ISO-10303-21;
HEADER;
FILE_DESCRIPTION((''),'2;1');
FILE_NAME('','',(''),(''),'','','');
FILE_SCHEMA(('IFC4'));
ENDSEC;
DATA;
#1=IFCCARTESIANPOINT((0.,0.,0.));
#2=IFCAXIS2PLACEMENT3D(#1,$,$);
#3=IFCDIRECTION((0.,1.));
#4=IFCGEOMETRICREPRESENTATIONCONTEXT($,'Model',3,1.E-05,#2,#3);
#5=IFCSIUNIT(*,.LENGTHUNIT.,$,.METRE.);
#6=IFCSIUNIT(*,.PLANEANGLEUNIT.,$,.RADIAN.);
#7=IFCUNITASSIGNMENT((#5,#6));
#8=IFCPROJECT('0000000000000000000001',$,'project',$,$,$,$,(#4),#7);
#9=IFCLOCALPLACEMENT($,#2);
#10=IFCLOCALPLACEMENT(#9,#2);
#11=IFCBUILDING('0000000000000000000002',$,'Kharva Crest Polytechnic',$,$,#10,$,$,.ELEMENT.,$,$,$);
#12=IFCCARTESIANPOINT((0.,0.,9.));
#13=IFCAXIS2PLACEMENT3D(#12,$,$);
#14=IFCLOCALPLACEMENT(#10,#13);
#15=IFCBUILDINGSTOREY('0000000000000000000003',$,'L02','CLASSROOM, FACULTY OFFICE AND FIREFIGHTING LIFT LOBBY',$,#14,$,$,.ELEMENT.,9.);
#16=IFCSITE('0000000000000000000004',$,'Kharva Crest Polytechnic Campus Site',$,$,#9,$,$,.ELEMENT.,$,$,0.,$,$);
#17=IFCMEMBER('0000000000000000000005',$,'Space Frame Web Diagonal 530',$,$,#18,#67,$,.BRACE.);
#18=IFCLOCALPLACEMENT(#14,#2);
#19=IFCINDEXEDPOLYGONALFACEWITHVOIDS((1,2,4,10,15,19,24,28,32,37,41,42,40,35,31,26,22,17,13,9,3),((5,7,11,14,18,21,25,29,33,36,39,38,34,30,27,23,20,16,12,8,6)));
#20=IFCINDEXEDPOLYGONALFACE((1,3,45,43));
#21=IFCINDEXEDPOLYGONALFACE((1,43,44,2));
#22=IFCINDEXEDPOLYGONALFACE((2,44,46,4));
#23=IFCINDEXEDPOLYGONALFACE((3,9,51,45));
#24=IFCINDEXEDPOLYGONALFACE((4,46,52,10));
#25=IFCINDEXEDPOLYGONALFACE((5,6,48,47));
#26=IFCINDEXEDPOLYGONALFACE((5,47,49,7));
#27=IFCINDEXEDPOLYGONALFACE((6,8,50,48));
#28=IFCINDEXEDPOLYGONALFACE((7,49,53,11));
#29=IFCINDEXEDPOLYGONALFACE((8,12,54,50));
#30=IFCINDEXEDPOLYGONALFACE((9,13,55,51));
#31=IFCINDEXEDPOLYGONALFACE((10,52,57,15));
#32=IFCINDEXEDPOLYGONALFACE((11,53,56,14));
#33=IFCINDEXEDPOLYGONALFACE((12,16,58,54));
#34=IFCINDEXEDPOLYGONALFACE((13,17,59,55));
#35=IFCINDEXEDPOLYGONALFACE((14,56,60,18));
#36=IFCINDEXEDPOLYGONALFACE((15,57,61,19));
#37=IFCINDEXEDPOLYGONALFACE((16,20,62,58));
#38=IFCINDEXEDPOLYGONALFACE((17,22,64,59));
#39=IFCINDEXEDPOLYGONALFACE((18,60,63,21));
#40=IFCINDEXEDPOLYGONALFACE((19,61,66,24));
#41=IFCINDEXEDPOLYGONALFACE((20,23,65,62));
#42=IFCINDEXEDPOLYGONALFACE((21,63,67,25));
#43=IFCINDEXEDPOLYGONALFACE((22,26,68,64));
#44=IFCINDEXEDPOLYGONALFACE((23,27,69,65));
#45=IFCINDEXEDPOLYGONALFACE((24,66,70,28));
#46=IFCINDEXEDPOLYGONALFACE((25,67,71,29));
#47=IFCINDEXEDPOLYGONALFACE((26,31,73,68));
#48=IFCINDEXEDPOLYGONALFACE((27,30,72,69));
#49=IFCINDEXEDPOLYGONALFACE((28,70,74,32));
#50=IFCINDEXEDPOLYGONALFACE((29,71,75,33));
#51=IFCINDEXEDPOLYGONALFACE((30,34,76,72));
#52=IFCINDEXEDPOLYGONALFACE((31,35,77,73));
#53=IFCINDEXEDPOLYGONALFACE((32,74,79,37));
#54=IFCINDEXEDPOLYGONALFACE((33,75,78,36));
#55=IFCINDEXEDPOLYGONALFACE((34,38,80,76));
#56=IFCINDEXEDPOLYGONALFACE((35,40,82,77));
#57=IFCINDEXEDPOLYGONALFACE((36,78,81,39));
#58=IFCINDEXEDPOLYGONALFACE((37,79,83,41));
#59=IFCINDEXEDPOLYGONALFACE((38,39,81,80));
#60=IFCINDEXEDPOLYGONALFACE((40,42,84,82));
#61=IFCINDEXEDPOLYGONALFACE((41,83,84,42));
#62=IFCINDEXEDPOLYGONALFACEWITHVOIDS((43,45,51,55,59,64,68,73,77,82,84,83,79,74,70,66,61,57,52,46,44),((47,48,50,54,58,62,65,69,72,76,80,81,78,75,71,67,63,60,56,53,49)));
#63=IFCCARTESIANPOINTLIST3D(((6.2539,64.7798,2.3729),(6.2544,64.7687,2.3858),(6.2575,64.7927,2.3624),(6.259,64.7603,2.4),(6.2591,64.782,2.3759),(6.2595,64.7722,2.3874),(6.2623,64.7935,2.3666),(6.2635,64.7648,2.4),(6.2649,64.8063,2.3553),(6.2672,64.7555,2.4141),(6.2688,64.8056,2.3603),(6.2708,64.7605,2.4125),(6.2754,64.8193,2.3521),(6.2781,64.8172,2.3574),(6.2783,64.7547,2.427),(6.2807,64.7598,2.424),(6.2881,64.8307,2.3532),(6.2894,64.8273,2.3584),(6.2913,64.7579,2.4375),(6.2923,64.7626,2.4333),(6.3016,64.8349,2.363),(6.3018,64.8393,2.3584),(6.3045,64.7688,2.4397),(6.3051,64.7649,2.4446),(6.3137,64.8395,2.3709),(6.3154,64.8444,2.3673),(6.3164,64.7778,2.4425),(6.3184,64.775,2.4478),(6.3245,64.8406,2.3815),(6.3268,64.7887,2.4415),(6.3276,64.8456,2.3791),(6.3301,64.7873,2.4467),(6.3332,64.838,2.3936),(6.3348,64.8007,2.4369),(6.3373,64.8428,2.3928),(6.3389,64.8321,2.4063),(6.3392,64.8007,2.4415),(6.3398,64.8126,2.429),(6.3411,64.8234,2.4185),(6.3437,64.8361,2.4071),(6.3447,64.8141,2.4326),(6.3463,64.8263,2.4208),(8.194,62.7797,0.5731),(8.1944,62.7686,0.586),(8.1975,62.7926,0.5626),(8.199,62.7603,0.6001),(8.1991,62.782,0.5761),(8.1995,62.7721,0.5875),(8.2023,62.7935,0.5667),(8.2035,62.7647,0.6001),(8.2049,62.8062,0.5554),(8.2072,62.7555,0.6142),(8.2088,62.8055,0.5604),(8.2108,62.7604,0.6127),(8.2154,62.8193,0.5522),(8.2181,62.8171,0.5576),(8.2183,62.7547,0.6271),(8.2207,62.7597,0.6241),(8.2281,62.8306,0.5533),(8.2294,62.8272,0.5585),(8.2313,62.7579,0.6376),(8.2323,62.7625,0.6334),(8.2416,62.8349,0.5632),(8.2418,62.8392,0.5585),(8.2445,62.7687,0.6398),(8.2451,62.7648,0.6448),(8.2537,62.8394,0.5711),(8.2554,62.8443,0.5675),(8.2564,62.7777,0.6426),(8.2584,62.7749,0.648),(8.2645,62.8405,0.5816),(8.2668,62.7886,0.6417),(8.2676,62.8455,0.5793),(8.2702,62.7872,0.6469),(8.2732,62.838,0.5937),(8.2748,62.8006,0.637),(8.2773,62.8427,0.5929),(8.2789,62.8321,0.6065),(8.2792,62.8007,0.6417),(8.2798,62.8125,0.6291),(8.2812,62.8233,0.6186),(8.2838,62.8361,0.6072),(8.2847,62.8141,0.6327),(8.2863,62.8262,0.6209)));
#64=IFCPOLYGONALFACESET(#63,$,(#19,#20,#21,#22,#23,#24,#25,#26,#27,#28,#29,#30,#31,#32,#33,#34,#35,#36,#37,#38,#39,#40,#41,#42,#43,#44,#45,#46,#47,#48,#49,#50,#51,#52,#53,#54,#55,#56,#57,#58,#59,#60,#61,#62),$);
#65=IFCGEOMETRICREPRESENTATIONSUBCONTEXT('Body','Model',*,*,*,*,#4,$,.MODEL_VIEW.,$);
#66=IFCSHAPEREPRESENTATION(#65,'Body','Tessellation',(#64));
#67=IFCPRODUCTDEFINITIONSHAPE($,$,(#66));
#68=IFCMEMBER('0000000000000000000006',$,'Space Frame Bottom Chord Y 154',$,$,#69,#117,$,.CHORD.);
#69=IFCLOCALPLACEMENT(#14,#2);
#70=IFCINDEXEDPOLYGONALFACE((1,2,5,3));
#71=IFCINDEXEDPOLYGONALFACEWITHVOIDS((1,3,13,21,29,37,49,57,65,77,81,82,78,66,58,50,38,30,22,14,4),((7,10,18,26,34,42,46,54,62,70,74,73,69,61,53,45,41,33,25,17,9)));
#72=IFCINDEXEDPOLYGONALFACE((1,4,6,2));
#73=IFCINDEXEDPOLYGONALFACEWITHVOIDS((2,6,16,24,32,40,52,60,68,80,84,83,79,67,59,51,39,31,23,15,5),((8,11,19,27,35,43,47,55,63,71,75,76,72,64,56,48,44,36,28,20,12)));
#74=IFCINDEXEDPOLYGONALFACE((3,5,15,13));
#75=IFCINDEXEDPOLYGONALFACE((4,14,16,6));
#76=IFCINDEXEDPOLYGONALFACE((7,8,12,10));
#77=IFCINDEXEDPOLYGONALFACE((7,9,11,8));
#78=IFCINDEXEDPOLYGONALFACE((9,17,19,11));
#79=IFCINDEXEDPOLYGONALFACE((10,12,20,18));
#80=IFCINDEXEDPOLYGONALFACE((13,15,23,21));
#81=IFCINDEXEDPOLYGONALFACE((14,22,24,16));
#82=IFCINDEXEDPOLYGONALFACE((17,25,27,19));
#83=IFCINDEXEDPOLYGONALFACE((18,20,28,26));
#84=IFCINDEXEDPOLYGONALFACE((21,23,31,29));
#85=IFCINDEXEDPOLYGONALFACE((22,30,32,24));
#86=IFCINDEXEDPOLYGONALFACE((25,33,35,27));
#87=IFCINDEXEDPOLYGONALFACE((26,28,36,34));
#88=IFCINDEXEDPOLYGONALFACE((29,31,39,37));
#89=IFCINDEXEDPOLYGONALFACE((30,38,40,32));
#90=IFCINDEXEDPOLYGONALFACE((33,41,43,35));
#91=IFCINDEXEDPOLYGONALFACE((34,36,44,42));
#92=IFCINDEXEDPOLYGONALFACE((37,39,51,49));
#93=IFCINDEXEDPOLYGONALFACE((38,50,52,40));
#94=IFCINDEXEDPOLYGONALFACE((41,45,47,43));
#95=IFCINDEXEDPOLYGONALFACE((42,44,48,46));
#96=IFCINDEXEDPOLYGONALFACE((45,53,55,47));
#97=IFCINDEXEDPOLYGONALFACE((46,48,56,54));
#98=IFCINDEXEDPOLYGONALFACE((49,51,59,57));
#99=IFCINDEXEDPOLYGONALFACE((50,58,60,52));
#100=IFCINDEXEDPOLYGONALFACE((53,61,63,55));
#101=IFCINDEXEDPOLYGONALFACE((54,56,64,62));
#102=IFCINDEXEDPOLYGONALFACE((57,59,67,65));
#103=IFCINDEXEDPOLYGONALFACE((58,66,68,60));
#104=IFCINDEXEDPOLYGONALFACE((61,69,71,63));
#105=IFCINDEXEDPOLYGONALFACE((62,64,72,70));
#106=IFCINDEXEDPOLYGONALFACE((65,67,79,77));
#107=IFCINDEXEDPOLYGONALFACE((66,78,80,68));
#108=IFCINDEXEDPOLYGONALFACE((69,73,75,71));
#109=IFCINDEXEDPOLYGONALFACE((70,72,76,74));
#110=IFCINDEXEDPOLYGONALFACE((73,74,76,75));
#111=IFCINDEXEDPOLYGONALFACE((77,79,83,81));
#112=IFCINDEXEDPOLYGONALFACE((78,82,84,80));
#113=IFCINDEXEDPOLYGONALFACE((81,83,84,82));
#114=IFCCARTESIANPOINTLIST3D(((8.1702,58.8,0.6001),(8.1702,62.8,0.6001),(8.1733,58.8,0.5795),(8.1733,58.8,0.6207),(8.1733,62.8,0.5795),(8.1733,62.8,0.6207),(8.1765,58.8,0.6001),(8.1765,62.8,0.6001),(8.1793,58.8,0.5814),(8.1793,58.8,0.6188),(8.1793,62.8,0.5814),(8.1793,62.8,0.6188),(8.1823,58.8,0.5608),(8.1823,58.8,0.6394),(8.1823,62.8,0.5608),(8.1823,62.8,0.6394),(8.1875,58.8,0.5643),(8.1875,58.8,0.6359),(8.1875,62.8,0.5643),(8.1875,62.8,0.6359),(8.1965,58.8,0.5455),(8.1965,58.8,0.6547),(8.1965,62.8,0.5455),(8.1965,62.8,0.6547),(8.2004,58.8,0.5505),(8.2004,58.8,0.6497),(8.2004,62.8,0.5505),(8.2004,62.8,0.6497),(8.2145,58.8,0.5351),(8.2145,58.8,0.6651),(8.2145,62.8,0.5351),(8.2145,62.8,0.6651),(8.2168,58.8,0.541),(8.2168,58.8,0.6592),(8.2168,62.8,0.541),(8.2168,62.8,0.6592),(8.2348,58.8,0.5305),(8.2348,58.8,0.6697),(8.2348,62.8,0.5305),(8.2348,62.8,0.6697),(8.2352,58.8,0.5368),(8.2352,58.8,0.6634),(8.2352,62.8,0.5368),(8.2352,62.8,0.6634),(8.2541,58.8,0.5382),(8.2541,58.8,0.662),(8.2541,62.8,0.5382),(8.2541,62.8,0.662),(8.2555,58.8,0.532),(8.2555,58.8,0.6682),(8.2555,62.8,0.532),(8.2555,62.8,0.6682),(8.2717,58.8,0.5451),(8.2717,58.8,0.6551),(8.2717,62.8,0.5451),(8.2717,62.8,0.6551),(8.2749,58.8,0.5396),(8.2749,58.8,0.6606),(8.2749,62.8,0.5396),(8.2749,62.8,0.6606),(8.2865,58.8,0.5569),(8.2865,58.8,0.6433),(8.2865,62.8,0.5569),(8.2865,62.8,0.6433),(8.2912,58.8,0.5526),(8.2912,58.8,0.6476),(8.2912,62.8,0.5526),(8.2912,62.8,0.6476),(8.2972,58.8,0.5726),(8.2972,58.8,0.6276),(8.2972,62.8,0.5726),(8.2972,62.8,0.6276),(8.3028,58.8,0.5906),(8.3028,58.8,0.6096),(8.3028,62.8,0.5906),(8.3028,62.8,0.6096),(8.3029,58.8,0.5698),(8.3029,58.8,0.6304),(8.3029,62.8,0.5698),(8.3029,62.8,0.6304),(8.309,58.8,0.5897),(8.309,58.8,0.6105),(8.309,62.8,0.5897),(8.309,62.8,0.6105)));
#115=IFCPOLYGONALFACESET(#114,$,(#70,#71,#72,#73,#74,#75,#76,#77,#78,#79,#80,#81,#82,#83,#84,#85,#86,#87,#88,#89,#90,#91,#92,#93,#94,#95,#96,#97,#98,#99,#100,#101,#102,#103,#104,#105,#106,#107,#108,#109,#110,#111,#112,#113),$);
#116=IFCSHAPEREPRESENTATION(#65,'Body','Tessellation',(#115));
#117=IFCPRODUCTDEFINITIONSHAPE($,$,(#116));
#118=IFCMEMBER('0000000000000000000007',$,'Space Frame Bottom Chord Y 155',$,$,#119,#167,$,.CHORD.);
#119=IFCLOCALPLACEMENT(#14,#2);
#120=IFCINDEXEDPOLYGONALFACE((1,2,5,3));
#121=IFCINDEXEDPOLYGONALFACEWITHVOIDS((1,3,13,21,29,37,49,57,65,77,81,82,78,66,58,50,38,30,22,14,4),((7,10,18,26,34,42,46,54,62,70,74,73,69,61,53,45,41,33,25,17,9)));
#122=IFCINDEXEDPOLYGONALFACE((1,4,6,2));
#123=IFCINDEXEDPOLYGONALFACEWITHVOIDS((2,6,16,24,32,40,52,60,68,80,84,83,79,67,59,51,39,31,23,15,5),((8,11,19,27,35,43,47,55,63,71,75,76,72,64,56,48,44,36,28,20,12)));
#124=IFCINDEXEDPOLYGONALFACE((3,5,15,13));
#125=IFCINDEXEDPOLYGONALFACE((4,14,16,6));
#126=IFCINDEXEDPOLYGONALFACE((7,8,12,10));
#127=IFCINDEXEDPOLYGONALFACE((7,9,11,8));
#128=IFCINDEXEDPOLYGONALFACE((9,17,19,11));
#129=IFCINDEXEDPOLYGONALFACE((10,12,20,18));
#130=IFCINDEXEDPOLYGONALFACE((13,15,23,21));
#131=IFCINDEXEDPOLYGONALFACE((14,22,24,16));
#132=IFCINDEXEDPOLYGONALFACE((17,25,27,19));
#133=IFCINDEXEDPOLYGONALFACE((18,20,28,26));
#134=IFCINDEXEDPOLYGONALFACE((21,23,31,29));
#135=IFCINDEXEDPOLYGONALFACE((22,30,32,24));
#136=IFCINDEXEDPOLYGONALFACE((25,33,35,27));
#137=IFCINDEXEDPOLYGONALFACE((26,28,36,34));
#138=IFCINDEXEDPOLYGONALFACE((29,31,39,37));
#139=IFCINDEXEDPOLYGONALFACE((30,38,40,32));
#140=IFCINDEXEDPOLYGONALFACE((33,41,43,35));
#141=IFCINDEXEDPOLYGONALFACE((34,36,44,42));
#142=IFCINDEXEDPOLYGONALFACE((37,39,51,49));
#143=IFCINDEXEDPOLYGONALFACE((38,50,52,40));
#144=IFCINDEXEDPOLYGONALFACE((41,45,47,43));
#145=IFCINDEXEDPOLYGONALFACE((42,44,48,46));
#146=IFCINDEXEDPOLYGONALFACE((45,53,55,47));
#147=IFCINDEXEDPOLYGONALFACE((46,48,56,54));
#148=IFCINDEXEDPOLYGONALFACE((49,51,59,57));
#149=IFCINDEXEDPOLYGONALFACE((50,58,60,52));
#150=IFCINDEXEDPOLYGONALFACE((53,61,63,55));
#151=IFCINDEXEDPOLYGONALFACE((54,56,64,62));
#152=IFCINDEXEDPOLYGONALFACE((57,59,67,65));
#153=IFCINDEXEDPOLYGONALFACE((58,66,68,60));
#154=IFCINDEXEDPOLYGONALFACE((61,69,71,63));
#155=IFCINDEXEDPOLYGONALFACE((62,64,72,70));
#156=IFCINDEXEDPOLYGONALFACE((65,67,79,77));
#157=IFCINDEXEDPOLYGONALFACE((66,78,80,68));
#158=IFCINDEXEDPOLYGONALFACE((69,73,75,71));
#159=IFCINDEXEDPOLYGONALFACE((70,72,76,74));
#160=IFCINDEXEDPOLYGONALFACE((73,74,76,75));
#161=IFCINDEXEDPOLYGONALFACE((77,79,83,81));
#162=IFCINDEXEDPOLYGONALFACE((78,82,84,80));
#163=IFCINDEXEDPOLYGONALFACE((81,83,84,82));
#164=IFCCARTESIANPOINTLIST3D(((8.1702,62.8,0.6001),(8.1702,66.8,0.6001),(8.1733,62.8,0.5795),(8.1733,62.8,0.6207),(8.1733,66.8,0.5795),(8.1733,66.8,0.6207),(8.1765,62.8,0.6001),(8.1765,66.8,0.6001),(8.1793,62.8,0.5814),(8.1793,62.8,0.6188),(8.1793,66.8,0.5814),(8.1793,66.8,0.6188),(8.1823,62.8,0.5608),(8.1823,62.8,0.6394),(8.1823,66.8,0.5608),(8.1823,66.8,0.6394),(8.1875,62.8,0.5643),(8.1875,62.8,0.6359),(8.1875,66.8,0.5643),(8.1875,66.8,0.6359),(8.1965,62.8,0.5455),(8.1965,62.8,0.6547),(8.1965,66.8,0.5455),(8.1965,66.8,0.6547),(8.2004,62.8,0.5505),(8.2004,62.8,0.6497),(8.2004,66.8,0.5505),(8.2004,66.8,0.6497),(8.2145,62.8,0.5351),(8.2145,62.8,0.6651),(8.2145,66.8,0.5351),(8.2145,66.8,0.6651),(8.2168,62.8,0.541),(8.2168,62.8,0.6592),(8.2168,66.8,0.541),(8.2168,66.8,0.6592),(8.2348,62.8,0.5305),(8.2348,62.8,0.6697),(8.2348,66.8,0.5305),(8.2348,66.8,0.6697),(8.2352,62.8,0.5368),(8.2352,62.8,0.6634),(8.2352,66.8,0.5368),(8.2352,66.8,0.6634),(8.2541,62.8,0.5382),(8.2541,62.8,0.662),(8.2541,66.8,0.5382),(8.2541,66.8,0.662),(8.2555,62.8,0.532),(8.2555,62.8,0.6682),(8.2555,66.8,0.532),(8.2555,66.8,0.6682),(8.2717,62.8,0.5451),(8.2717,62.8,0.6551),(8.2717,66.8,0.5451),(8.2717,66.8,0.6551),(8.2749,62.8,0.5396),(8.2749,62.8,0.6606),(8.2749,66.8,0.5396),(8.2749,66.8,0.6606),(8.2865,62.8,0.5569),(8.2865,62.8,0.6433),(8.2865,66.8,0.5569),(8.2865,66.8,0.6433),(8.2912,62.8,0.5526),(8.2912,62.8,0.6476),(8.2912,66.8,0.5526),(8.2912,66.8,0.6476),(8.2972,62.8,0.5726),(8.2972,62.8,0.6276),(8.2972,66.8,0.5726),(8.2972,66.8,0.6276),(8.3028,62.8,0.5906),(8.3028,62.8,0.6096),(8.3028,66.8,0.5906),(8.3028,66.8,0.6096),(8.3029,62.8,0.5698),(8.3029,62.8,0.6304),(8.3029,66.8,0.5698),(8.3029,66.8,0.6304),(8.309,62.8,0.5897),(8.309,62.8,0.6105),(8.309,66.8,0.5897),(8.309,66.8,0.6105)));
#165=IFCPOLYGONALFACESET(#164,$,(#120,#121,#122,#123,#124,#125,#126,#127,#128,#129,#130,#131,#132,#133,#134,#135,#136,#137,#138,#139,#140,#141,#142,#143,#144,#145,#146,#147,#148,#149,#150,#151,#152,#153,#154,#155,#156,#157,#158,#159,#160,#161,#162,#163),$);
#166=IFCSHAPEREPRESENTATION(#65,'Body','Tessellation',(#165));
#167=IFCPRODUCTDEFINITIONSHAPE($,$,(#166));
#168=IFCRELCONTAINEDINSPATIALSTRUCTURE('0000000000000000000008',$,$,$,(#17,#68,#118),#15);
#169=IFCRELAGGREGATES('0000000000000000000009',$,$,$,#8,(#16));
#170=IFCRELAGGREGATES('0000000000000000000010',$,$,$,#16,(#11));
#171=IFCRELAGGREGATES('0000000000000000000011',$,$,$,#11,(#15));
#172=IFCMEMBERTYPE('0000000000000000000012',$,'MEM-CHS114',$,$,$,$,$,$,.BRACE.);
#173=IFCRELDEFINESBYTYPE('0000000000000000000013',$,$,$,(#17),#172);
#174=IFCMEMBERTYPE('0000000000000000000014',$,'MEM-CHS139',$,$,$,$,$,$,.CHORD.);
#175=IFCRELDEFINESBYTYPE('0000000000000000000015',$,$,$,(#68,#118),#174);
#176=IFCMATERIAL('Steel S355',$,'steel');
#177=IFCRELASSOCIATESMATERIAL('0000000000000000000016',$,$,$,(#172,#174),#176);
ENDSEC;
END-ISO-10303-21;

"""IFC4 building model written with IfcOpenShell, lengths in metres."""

from ifc_helpers import new_model, si_unit, direction, frame, origin, origin_2d, place, context, subcontext, project, spatial, hollow_circle, extrude, material, material_profile, profile_set, type_object, element, save


model = new_model("IFC4")

# Units and contexts
model_context = context("Model", 3, precision=1e-05, world=origin(), true_north=direction((0.0, 1.0)))
body_context = subcontext(model_context, "Body", "Model", "MODEL_VIEW")
ifc_project = project(units=[si_unit("LENGTHUNIT", "METRE"), si_unit("PLANEANGLEUNIT", "RADIAN")], contexts=[model_context])

# Site, building, storey
site_placement = place(None, origin())
site = spatial("IfcSite", under=ifc_project, at=site_placement, Name="Kharva Crest Polytechnic Campus Site", CompositionType="ELEMENT", RefElevation=0.0)
building_placement = place(site_placement, origin())
building = spatial("IfcBuilding", under=site, at=building_placement, Name="Kharva Crest Polytechnic", CompositionType="ELEMENT")
storey_placement = place(building_placement, frame((0.0, 0.0, 9.0)))
storey = spatial("IfcBuildingStorey", under=building, at=storey_placement, Name="L02", Description="CLASSROOM, FACULTY OFFICE AND FIREFIGHTING LIFT LOBBY", CompositionType="ELEMENT", Elevation=9.0)

# Shared definitions
ifc_material_1 = material(Name="Steel S355", Category="steel")

# Members
ifc_material_profile_1 = material_profile(ifc_material_1, hollow_circle(Radius=0.0571, WallThickness=0.0063, at=origin_2d()), Name="CHS 114.3X6.3")
ifc_profile_set_1 = profile_set([ifc_material_profile_1], Name="Steel S355")
member_type_1 = type_object("IfcMemberType", Name="MEM-CHS114", PredefinedType="BRACE", material=ifc_profile_set_1)
for number, where, z_axis, x_axis, name in (
    (1, (8.24, 62.8, 0.6001), (-0.584843, 0.60295, 0.542596), (-0.717802, -0.696247, 0.0), "Space Frame Web Diagonal 530"),
):
    element("IfcMember", number, at=place(storey_placement, frame(where, z_axis=z_axis, x_axis=x_axis)), inside=storey, type_object=member_type_1, Name=name, PredefinedType="BRACE", context=body_context, shape_type="SweptSolid", body=[
        extrude(hollow_circle(Radius=0.0571, WallThickness=0.0063, at=origin_2d()), origin(), (0.0, 0.0, 1.0), 3.3171),
    ])
ifc_material_profile_2 = material_profile(ifc_material_1, hollow_circle(Radius=0.0698, WallThickness=0.0063, at=origin_2d()), Name="CHS 139.7X6.3")
ifc_profile_set_2 = profile_set([ifc_material_profile_2], Name="Steel S355")
member_type_2 = type_object("IfcMemberType", Name="MEM-CHS139", PredefinedType="CHORD", material=ifc_profile_set_2)
for number, where, z_axis, x_axis, name in (
    (2, (8.24, 58.8, 0.6001), (0.0, 1.0, 0.0), (-1.0, 0.0, 0.0), "Space Frame Bottom Chord Y 154"),
    (3, (8.24, 62.8, 0.6001), (0.0, 1.0, 0.0), (-1.0, 0.0, 0.0), "Space Frame Bottom Chord Y 155"),
):
    element("IfcMember", number, at=place(storey_placement, frame(where, z_axis=z_axis, x_axis=x_axis)), inside=storey, type_object=member_type_2, Name=name, PredefinedType="CHORD", context=body_context, shape_type="SweptSolid", body=[
        extrude(hollow_circle(Radius=0.0698, WallThickness=0.0063, at=origin_2d()), origin(), (0.0, 0.0, 1.0), 4.0),
    ])

save(model, "model.ifc")
